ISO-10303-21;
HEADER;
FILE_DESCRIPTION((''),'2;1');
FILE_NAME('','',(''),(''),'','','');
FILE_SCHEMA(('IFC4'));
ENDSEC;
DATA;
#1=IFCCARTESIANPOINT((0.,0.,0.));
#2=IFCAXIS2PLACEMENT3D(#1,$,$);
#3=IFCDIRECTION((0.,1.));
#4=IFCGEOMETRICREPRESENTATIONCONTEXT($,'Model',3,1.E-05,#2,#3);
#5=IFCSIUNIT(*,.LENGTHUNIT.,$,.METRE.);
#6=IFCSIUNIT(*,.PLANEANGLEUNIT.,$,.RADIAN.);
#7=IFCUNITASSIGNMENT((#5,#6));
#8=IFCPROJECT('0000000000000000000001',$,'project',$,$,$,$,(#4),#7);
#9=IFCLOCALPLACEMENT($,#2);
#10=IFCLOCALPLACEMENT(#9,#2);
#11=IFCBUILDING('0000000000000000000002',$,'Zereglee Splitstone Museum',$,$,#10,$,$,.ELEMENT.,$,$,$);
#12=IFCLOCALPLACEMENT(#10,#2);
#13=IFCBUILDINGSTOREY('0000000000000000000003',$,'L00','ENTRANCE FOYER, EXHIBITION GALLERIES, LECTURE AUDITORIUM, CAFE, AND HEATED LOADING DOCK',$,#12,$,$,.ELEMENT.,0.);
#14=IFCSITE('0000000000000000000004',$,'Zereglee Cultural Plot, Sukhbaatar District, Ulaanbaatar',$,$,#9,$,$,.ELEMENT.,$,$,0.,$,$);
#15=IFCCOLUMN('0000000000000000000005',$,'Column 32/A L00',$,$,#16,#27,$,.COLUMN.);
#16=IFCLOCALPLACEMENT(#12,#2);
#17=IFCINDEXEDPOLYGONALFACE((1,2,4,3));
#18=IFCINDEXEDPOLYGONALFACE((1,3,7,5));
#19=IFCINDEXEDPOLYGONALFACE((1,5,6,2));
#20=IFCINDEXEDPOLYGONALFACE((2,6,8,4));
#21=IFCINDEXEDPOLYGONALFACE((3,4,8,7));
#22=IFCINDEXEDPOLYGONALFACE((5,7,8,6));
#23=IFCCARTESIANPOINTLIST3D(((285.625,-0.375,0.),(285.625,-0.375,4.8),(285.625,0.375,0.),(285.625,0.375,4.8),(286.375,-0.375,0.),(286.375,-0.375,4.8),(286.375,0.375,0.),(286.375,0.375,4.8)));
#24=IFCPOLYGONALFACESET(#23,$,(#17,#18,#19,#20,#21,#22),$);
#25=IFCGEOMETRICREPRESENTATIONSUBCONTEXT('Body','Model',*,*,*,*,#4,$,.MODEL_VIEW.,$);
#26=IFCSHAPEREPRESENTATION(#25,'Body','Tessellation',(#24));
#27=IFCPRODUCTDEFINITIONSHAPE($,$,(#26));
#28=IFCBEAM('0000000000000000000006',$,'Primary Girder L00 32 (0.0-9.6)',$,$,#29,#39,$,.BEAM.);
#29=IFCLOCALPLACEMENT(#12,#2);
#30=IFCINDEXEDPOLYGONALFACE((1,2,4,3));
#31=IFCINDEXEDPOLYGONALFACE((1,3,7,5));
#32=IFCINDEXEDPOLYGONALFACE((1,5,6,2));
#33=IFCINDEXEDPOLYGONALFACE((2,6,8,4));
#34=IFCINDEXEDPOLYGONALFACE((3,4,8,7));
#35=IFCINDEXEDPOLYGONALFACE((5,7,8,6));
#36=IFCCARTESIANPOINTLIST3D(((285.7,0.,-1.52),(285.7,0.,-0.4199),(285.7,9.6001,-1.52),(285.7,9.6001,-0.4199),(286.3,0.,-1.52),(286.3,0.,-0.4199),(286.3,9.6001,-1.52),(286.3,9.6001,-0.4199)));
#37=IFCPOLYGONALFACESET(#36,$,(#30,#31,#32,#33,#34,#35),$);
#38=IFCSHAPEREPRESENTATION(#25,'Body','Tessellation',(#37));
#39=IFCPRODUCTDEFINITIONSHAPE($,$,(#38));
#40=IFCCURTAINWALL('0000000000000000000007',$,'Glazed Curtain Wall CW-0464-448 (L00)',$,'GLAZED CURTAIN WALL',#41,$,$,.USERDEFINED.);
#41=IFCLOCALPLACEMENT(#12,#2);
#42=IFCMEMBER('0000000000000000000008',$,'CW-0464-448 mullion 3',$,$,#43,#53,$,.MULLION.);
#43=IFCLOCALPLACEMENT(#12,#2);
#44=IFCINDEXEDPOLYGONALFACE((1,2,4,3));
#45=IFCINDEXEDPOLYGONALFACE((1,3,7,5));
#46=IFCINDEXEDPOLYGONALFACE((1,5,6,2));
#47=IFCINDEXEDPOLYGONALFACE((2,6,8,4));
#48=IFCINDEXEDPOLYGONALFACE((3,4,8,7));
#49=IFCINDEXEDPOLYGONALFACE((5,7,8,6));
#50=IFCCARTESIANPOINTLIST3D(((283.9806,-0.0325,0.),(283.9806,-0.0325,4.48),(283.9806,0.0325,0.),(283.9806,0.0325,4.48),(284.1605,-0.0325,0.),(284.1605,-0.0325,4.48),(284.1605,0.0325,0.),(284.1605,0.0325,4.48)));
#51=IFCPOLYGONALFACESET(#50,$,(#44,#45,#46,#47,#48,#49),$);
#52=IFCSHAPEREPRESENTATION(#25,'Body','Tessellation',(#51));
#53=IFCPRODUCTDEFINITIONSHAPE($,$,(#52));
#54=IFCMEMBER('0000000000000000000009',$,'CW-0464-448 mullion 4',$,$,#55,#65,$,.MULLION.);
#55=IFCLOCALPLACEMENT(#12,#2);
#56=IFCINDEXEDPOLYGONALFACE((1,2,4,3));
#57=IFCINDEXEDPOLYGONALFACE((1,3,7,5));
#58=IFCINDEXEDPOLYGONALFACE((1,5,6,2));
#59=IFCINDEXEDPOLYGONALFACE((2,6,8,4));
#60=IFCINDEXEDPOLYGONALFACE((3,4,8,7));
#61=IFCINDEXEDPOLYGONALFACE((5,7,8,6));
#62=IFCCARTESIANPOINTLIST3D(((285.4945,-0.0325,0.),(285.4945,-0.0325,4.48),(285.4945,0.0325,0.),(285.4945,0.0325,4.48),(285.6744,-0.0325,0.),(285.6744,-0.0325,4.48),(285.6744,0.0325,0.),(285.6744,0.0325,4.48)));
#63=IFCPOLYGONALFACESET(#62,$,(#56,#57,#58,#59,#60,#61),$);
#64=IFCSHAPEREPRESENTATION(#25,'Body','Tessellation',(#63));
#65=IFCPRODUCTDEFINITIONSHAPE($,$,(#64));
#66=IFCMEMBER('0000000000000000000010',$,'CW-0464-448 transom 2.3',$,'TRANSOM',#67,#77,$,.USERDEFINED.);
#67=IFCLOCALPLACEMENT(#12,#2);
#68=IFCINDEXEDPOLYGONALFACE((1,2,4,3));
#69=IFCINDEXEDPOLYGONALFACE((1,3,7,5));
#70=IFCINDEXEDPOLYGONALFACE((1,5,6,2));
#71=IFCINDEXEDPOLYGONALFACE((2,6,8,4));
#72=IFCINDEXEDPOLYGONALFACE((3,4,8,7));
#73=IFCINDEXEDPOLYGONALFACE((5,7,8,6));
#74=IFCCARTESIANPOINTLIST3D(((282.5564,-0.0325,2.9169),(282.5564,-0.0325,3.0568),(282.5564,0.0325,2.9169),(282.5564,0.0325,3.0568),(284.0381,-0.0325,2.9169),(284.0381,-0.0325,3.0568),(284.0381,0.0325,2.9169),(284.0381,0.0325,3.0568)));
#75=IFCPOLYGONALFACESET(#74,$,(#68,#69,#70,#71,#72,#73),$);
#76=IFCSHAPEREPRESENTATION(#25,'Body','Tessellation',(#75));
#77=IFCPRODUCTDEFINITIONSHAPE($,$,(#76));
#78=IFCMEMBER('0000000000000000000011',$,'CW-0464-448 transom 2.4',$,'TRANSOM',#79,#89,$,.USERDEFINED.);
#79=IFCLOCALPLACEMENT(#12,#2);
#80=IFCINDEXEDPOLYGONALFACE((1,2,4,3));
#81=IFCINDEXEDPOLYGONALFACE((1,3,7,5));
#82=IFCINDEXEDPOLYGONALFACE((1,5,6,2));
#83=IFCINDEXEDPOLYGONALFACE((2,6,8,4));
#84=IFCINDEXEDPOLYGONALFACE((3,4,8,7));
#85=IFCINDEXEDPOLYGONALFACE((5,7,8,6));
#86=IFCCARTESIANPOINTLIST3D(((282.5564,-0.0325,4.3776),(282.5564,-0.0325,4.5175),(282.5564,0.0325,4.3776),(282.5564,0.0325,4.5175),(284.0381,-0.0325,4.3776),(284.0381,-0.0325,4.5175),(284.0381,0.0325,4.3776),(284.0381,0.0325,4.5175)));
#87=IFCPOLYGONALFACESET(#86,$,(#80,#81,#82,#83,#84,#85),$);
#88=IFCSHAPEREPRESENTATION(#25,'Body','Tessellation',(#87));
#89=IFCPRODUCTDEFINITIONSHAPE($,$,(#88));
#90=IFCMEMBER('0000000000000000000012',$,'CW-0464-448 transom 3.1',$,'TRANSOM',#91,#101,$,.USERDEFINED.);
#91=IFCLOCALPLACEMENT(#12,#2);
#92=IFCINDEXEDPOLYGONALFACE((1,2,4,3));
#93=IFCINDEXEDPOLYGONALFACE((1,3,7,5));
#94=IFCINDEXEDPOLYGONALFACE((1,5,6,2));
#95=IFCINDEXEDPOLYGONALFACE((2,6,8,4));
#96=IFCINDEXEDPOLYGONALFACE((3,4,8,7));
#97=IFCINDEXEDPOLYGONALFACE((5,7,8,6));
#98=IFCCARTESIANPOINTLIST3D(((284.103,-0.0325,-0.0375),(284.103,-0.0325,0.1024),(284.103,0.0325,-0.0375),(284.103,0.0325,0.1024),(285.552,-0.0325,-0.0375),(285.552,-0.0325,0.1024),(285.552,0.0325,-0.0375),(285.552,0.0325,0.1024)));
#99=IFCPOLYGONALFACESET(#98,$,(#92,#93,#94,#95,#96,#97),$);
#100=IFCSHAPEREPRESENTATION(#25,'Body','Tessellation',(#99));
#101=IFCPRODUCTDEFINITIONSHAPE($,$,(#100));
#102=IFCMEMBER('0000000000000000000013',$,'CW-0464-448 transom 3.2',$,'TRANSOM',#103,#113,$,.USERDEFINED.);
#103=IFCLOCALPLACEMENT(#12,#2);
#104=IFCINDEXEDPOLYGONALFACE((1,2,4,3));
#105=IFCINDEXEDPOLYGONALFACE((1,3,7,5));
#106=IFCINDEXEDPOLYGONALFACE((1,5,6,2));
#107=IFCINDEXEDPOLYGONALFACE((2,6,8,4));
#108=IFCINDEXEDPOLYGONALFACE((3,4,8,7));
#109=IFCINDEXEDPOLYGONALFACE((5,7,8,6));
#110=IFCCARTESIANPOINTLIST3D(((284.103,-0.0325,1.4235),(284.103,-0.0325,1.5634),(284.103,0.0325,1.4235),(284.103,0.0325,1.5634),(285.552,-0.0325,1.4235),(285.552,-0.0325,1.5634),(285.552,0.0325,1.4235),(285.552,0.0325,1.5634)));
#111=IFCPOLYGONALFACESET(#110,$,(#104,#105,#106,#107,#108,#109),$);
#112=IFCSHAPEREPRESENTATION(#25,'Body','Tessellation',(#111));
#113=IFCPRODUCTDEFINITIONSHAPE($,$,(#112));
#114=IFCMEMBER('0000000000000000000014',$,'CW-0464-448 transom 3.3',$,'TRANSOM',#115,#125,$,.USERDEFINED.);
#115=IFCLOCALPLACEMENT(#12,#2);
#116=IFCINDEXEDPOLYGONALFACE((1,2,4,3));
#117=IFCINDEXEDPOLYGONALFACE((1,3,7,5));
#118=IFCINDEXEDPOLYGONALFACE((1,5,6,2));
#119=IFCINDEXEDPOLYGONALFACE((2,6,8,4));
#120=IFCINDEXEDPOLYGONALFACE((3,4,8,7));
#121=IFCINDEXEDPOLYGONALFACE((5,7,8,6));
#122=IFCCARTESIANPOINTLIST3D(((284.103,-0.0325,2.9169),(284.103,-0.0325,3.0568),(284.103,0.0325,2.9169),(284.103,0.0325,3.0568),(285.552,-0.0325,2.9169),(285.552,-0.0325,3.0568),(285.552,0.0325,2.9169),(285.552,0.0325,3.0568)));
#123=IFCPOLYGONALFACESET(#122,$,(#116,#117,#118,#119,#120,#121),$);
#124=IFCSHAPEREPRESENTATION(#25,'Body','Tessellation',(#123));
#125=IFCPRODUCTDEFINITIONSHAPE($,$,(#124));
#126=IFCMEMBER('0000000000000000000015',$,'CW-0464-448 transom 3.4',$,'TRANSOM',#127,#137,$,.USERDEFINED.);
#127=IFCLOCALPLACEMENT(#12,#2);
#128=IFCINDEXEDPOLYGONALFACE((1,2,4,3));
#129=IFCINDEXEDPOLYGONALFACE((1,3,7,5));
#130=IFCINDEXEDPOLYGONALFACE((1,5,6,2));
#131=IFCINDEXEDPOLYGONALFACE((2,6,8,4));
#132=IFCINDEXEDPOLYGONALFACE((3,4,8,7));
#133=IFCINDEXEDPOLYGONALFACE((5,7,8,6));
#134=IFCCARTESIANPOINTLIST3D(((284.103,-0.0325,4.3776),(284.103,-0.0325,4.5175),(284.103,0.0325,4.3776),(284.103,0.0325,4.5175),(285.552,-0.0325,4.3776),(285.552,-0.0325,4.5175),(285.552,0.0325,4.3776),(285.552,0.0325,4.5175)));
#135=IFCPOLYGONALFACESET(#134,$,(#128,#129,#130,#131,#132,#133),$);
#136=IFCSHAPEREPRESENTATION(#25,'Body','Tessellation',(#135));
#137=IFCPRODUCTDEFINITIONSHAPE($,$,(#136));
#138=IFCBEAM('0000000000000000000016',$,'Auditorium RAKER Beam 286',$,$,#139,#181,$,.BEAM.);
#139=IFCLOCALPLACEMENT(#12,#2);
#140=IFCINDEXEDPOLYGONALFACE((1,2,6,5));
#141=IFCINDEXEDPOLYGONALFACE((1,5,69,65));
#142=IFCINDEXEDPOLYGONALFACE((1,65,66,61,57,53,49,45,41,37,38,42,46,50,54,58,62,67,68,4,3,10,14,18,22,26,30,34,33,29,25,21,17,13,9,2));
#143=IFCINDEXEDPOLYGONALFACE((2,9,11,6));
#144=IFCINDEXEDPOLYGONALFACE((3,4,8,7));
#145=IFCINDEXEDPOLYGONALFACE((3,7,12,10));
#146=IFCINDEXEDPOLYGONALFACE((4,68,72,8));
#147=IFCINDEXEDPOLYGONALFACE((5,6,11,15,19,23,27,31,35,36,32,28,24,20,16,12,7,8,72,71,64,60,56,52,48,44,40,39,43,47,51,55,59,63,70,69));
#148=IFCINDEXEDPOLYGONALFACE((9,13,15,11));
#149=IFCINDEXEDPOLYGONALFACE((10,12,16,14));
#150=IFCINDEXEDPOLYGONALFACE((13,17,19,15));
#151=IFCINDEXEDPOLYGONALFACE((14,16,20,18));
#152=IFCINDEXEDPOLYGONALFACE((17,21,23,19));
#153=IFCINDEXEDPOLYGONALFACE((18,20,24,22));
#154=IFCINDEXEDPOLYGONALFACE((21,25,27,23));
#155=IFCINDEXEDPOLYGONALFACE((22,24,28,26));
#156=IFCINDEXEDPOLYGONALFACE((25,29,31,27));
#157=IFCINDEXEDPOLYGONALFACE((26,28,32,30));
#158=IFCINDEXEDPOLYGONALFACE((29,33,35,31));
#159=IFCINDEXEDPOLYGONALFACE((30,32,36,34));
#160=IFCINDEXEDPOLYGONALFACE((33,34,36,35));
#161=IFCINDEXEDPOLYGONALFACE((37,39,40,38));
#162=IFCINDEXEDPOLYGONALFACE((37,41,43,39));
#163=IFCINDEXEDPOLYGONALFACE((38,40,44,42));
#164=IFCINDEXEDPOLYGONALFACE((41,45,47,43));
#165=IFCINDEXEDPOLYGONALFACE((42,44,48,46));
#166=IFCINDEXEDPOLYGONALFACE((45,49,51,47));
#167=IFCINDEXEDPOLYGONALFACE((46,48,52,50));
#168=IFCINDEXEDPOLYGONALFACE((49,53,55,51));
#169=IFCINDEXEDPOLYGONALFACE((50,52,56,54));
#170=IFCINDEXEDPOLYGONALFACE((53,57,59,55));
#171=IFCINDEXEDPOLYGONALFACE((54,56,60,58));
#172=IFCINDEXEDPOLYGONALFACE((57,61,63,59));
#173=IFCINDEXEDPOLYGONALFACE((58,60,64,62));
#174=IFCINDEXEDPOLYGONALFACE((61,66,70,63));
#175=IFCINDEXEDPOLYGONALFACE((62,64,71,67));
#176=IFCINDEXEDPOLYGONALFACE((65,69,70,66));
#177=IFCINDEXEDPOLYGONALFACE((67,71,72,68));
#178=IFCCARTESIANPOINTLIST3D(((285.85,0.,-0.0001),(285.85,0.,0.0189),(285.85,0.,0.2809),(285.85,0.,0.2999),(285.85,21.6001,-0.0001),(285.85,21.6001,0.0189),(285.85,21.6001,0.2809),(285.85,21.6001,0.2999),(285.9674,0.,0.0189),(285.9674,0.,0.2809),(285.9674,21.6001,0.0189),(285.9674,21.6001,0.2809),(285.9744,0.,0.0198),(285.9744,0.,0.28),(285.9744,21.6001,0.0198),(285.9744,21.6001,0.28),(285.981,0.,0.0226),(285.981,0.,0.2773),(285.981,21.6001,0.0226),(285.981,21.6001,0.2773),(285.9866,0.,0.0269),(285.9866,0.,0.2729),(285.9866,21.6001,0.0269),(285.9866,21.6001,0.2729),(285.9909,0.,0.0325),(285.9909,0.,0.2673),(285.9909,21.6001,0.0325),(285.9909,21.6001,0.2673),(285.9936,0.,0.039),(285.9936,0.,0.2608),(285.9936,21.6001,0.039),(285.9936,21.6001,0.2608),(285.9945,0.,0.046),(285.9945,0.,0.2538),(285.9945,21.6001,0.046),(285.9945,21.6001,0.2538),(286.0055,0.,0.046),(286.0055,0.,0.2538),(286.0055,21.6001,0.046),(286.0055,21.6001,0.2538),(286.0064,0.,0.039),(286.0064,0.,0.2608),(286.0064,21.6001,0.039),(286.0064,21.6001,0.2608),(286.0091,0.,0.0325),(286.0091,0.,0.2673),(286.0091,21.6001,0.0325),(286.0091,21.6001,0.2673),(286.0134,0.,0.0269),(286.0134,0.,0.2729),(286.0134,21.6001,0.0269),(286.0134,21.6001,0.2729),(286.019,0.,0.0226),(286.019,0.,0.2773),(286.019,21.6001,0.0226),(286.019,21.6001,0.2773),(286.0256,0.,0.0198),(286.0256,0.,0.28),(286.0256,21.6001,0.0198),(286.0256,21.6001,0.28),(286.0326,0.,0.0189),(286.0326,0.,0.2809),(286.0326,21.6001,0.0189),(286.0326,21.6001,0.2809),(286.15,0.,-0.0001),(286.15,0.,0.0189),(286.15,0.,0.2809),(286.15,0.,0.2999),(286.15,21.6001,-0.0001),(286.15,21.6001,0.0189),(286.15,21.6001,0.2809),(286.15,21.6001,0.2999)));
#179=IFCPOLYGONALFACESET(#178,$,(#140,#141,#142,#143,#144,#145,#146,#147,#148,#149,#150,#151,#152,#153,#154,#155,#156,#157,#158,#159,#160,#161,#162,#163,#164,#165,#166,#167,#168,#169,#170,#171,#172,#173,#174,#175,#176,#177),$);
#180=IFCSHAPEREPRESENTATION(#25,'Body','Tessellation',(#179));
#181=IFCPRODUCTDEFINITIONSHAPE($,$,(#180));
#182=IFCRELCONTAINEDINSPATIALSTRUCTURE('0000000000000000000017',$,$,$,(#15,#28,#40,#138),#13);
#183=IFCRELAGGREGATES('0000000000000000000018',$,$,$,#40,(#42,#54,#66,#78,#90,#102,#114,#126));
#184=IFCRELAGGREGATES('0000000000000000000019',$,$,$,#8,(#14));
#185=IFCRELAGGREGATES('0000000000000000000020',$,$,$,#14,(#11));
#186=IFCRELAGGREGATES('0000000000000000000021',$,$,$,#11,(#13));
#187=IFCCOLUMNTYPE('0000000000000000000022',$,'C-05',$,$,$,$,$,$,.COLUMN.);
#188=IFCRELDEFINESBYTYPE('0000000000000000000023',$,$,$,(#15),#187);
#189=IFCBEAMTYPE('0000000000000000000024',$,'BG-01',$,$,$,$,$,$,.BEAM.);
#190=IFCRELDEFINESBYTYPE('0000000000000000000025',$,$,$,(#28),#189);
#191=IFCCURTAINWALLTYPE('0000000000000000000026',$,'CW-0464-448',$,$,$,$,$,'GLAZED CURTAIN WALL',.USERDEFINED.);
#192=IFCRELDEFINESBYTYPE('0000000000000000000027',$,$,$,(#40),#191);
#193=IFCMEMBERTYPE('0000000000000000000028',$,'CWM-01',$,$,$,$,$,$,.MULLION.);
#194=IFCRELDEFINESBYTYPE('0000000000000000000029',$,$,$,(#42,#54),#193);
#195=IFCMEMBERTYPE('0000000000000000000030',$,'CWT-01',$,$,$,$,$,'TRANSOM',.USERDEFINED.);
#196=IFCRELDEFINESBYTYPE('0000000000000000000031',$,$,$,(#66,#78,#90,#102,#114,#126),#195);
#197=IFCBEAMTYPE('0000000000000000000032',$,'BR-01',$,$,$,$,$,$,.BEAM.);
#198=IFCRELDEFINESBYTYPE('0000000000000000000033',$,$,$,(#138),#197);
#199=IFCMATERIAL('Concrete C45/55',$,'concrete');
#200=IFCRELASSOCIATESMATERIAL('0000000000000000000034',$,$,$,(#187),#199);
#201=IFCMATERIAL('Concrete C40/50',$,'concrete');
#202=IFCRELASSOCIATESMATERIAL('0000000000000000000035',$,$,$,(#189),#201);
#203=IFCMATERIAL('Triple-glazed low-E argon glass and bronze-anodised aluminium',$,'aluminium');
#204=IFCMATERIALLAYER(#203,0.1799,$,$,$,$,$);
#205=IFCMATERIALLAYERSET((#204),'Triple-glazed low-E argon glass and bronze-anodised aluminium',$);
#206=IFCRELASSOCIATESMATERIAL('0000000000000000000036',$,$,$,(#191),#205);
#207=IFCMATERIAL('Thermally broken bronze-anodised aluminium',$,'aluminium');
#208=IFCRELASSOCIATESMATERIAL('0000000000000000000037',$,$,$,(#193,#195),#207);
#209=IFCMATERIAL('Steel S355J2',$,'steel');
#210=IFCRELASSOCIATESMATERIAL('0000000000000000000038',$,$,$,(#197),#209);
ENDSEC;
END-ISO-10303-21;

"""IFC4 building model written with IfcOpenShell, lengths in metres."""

from ifc_helpers import new_model, si_unit, direction, frame, origin, origin_2d, place, context, subcontext, project, spatial, rectangle, i_section, extrude, material, layer, layer_set, material_profile, profile_set, type_object, element, aggregate, save


model = new_model("IFC4")

# Units and contexts
model_context = context("Model", 3, precision=1e-05, world=origin(), true_north=direction((0.0, 1.0)))
body_context = subcontext(model_context, "Body", "Model", "MODEL_VIEW")
ifc_project = project(units=[si_unit("LENGTHUNIT", "METRE"), si_unit("PLANEANGLEUNIT", "RADIAN")], contexts=[model_context])

# Site, building, storey
site_placement = place(None, origin())
site = spatial("IfcSite", under=ifc_project, at=site_placement, Name="Zereglee Cultural Plot, Sukhbaatar District, Ulaanbaatar", CompositionType="ELEMENT", RefElevation=0.0)
building_placement = place(site_placement, origin())
building = spatial("IfcBuilding", under=site, at=building_placement, Name="Zereglee Splitstone Museum", CompositionType="ELEMENT")
storey_placement = place(building_placement, origin())
storey = spatial("IfcBuildingStorey", under=building, at=storey_placement, Name="L00", Description="ENTRANCE FOYER, EXHIBITION GALLERIES, LECTURE AUDITORIUM, CAFE, AND HEATED LOADING DOCK", CompositionType="ELEMENT", Elevation=0.0)

# Column
ifc_material_1 = material(Name="Concrete C45/55", Category="concrete")
ifc_material_profile_1 = material_profile(ifc_material_1, rectangle(XDim=0.75, YDim=0.75, at=origin_2d()), Name="RC 750x750")
ifc_profile_set_1 = profile_set([ifc_material_profile_1], Name="Concrete C45/55")
column_type = type_object("IfcColumnType", Name="C-05", PredefinedType="COLUMN", material=ifc_profile_set_1)
column_placement = place(storey_placement, frame((286.0, 0.0, 0.0), z_axis=(0.0, 0.0, 1.0), x_axis=(1.0, 0.0, 0.0)))
element("IfcColumn", 1, at=column_placement, inside=storey, type_object=column_type, Name="Column 32/A L00", PredefinedType="COLUMN", context=body_context, shape_type="SweptSolid", body=[
    extrude(rectangle(XDim=0.75, YDim=0.75, at=origin_2d()), origin(), (0.0, 0.0, 1.0), 4.8),
])

# Beam
ifc_material_2 = material(Name="Concrete C40/50", Category="concrete")
ifc_material_profile_2 = material_profile(ifc_material_2, rectangle(XDim=0.6001, YDim=1.1001, at=origin_2d()), Name="RC 600x1100")
ifc_profile_set_2 = profile_set([ifc_material_profile_2], Name="Concrete C40/50")
beam_type_1 = type_object("IfcBeamType", Name="BG-01", PredefinedType="BEAM", material=ifc_profile_set_2)
beam_1_placement = place(storey_placement, frame((286.0, 0.0, -0.97), z_axis=(0.0, 1.0, 0.0), x_axis=(-1.0, 0.0, 0.0)))
element("IfcBeam", 2, at=beam_1_placement, inside=storey, type_object=beam_type_1, Name="Primary Girder L00 32 (0.0-9.6)", PredefinedType="BEAM", context=body_context, shape_type="SweptSolid", body=[
    extrude(rectangle(XDim=0.6001, YDim=1.1001, at=origin_2d()), origin(), (0.0, 0.0, 1.0), 9.6001),
])

# Curtain wall, members
ifc_material_3 = material(Name="Triple-glazed low-E argon glass and bronze-anodised aluminium", Category="aluminium")
ifc_layer_1 = layer(ifc_material_3, 0.1799)
ifc_layer_set_1 = layer_set([ifc_layer_1], Name="Triple-glazed low-E argon glass and bronze-anodised aluminium")
curtain_wall_type = type_object("IfcCurtainWallType", Name="CW-0464-448", ElementType="GLAZED CURTAIN WALL", PredefinedType="USERDEFINED", material=ifc_layer_set_1)
curtain_wall_placement = place(storey_placement, origin())
curtain_wall = element("IfcCurtainWall", 3, at=curtain_wall_placement, inside=storey, type_object=curtain_wall_type, Name="Glazed Curtain Wall CW-0464-448 (L00)", ObjectType="GLAZED CURTAIN WALL", PredefinedType="USERDEFINED")
ifc_material_4 = material(Name="Thermally broken bronze-anodised aluminium", Category="aluminium")
ifc_material_profile_3 = material_profile(ifc_material_4, rectangle(XDim=0.0649, YDim=0.1799, at=origin_2d()), Name="CW MULL 65x180")
ifc_profile_set_3 = profile_set([ifc_material_profile_3], Name="Thermally broken bronze-anodised aluminium")
member_type_1 = type_object("IfcMemberType", Name="CWM-01", PredefinedType="MULLION", material=ifc_profile_set_3)
member_1_placement = place(storey_placement, frame((284.0706, 0.0, 0.0), z_axis=(0.0, 0.0, 1.0), x_axis=(0.0, 1.0, 0.0)))
member_1 = element("IfcMember", 4, at=member_1_placement, type_object=member_type_1, Name="CW-0464-448 mullion 3", PredefinedType="MULLION", context=body_context, shape_type="SweptSolid", body=[
    extrude(rectangle(XDim=0.0649, YDim=0.1799, at=origin_2d()), origin(), (0.0, 0.0, 1.0), 4.48),
])
member_2_placement = place(storey_placement, frame((285.5845, 0.0, 0.0), z_axis=(0.0, 0.0, 1.0), x_axis=(0.0, 1.0, 0.0)))
member_2 = element("IfcMember", 5, at=member_2_placement, type_object=member_type_1, Name="CW-0464-448 mullion 4", PredefinedType="MULLION", context=body_context, shape_type="SweptSolid", body=[
    extrude(rectangle(XDim=0.0649, YDim=0.1799, at=origin_2d()), origin(), (0.0, 0.0, 1.0), 4.48),
])
ifc_material_profile_4 = material_profile(ifc_material_4, rectangle(XDim=0.0649, YDim=0.1399, at=origin_2d()), Name="CW TRAN 65x140")
ifc_profile_set_4 = profile_set([ifc_material_profile_4], Name="Thermally broken bronze-anodised aluminium")
member_type_2 = type_object("IfcMemberType", Name="CWT-01", ElementType="TRANSOM", PredefinedType="USERDEFINED", material=ifc_profile_set_4)
member_3_placement = place(storey_placement, frame((282.5564, 0.0, 2.9868), z_axis=(1.0, 0.0, 0.0), x_axis=(0.0, 1.0, 0.0)))
member_3 = element("IfcMember", 6, at=member_3_placement, type_object=member_type_2, Name="CW-0464-448 transom 2.3", ObjectType="TRANSOM", PredefinedType="USERDEFINED", context=body_context, shape_type="SweptSolid", body=[
    extrude(rectangle(XDim=0.0649, YDim=0.1399, at=origin_2d()), origin(), (0.0, 0.0, 1.0), 1.4817),
])
member_4_placement = place(storey_placement, frame((282.5564, 0.0, 4.4475), z_axis=(1.0, 0.0, 0.0), x_axis=(0.0, 1.0, 0.0)))
member_4 = element("IfcMember", 7, at=member_4_placement, type_object=member_type_2, Name="CW-0464-448 transom 2.4", ObjectType="TRANSOM", PredefinedType="USERDEFINED", context=body_context, shape_type="SweptSolid", body=[
    extrude(rectangle(XDim=0.0649, YDim=0.1399, at=origin_2d()), origin(), (0.0, 0.0, 1.0), 1.4817),
])
member_5_placement = place(storey_placement, frame((284.103, 0.0, 0.0325), z_axis=(1.0, 0.0, 0.0), x_axis=(0.0, 1.0, 0.0)))
member_5 = element("IfcMember", 8, at=member_5_placement, type_object=member_type_2, Name="CW-0464-448 transom 3.1", ObjectType="TRANSOM", PredefinedType="USERDEFINED", context=body_context, shape_type="SweptSolid", body=[
    extrude(rectangle(XDim=0.0649, YDim=0.1399, at=origin_2d()), origin(), (0.0, 0.0, 1.0), 1.449),
])
member_6_placement = place(storey_placement, frame((284.103, 0.0, 1.4934), z_axis=(1.0, 0.0, 0.0), x_axis=(0.0, 1.0, 0.0)))
member_6 = element("IfcMember", 9, at=member_6_placement, type_object=member_type_2, Name="CW-0464-448 transom 3.2", ObjectType="TRANSOM", PredefinedType="USERDEFINED", context=body_context, shape_type="SweptSolid", body=[
    extrude(rectangle(XDim=0.0649, YDim=0.1399, at=origin_2d()), origin(), (0.0, 0.0, 1.0), 1.449),
])
member_7_placement = place(storey_placement, frame((284.103, 0.0, 2.9868), z_axis=(1.0, 0.0, 0.0), x_axis=(0.0, 1.0, 0.0)))
member_7 = element("IfcMember", 10, at=member_7_placement, type_object=member_type_2, Name="CW-0464-448 transom 3.3", ObjectType="TRANSOM", PredefinedType="USERDEFINED", context=body_context, shape_type="SweptSolid", body=[
    extrude(rectangle(XDim=0.0649, YDim=0.1399, at=origin_2d()), origin(), (0.0, 0.0, 1.0), 1.449),
])
member_8_placement = place(storey_placement, frame((284.103, 0.0, 4.4475), z_axis=(1.0, 0.0, 0.0), x_axis=(0.0, 1.0, 0.0)))
member_8 = element("IfcMember", 11, at=member_8_placement, type_object=member_type_2, Name="CW-0464-448 transom 3.4", ObjectType="TRANSOM", PredefinedType="USERDEFINED", context=body_context, shape_type="SweptSolid", body=[
    extrude(rectangle(XDim=0.0649, YDim=0.1399, at=origin_2d()), origin(), (0.0, 0.0, 1.0), 1.449),
])

# Beam
ifc_material_5 = material(Name="Steel S355J2", Category="steel")
ifc_material_profile_5 = material_profile(ifc_material_5, i_section(OverallWidth=0.3, OverallDepth=0.3, WebThickness=0.011, FlangeThickness=0.019, FilletRadius=0.0271, at=origin_2d()), Name="HE 300 B")
ifc_profile_set_5 = profile_set([ifc_material_profile_5], Name="Steel S355J2")
beam_type_2 = type_object("IfcBeamType", Name="BR-01", PredefinedType="BEAM", material=ifc_profile_set_5)
beam_2_placement = place(storey_placement, frame((286.0, 0.0, 0.1499), z_axis=(0.0, 1.0, 0.0), x_axis=(-1.0, 0.0, 0.0)))
element("IfcBeam", 12, at=beam_2_placement, inside=storey, type_object=beam_type_2, Name="Auditorium RAKER Beam 286", PredefinedType="BEAM", context=body_context, shape_type="SweptSolid", body=[
    extrude(i_section(OverallWidth=0.3, OverallDepth=0.3, WebThickness=0.011, FlangeThickness=0.019, FilletRadius=0.0271, at=origin_2d()), origin(), (0.0, 0.0, 1.0), 21.6001),
])

aggregate(curtain_wall, [member_1, member_2, member_3, member_4, member_5, member_6, member_7, member_8])

save(model, "model.ifc")
